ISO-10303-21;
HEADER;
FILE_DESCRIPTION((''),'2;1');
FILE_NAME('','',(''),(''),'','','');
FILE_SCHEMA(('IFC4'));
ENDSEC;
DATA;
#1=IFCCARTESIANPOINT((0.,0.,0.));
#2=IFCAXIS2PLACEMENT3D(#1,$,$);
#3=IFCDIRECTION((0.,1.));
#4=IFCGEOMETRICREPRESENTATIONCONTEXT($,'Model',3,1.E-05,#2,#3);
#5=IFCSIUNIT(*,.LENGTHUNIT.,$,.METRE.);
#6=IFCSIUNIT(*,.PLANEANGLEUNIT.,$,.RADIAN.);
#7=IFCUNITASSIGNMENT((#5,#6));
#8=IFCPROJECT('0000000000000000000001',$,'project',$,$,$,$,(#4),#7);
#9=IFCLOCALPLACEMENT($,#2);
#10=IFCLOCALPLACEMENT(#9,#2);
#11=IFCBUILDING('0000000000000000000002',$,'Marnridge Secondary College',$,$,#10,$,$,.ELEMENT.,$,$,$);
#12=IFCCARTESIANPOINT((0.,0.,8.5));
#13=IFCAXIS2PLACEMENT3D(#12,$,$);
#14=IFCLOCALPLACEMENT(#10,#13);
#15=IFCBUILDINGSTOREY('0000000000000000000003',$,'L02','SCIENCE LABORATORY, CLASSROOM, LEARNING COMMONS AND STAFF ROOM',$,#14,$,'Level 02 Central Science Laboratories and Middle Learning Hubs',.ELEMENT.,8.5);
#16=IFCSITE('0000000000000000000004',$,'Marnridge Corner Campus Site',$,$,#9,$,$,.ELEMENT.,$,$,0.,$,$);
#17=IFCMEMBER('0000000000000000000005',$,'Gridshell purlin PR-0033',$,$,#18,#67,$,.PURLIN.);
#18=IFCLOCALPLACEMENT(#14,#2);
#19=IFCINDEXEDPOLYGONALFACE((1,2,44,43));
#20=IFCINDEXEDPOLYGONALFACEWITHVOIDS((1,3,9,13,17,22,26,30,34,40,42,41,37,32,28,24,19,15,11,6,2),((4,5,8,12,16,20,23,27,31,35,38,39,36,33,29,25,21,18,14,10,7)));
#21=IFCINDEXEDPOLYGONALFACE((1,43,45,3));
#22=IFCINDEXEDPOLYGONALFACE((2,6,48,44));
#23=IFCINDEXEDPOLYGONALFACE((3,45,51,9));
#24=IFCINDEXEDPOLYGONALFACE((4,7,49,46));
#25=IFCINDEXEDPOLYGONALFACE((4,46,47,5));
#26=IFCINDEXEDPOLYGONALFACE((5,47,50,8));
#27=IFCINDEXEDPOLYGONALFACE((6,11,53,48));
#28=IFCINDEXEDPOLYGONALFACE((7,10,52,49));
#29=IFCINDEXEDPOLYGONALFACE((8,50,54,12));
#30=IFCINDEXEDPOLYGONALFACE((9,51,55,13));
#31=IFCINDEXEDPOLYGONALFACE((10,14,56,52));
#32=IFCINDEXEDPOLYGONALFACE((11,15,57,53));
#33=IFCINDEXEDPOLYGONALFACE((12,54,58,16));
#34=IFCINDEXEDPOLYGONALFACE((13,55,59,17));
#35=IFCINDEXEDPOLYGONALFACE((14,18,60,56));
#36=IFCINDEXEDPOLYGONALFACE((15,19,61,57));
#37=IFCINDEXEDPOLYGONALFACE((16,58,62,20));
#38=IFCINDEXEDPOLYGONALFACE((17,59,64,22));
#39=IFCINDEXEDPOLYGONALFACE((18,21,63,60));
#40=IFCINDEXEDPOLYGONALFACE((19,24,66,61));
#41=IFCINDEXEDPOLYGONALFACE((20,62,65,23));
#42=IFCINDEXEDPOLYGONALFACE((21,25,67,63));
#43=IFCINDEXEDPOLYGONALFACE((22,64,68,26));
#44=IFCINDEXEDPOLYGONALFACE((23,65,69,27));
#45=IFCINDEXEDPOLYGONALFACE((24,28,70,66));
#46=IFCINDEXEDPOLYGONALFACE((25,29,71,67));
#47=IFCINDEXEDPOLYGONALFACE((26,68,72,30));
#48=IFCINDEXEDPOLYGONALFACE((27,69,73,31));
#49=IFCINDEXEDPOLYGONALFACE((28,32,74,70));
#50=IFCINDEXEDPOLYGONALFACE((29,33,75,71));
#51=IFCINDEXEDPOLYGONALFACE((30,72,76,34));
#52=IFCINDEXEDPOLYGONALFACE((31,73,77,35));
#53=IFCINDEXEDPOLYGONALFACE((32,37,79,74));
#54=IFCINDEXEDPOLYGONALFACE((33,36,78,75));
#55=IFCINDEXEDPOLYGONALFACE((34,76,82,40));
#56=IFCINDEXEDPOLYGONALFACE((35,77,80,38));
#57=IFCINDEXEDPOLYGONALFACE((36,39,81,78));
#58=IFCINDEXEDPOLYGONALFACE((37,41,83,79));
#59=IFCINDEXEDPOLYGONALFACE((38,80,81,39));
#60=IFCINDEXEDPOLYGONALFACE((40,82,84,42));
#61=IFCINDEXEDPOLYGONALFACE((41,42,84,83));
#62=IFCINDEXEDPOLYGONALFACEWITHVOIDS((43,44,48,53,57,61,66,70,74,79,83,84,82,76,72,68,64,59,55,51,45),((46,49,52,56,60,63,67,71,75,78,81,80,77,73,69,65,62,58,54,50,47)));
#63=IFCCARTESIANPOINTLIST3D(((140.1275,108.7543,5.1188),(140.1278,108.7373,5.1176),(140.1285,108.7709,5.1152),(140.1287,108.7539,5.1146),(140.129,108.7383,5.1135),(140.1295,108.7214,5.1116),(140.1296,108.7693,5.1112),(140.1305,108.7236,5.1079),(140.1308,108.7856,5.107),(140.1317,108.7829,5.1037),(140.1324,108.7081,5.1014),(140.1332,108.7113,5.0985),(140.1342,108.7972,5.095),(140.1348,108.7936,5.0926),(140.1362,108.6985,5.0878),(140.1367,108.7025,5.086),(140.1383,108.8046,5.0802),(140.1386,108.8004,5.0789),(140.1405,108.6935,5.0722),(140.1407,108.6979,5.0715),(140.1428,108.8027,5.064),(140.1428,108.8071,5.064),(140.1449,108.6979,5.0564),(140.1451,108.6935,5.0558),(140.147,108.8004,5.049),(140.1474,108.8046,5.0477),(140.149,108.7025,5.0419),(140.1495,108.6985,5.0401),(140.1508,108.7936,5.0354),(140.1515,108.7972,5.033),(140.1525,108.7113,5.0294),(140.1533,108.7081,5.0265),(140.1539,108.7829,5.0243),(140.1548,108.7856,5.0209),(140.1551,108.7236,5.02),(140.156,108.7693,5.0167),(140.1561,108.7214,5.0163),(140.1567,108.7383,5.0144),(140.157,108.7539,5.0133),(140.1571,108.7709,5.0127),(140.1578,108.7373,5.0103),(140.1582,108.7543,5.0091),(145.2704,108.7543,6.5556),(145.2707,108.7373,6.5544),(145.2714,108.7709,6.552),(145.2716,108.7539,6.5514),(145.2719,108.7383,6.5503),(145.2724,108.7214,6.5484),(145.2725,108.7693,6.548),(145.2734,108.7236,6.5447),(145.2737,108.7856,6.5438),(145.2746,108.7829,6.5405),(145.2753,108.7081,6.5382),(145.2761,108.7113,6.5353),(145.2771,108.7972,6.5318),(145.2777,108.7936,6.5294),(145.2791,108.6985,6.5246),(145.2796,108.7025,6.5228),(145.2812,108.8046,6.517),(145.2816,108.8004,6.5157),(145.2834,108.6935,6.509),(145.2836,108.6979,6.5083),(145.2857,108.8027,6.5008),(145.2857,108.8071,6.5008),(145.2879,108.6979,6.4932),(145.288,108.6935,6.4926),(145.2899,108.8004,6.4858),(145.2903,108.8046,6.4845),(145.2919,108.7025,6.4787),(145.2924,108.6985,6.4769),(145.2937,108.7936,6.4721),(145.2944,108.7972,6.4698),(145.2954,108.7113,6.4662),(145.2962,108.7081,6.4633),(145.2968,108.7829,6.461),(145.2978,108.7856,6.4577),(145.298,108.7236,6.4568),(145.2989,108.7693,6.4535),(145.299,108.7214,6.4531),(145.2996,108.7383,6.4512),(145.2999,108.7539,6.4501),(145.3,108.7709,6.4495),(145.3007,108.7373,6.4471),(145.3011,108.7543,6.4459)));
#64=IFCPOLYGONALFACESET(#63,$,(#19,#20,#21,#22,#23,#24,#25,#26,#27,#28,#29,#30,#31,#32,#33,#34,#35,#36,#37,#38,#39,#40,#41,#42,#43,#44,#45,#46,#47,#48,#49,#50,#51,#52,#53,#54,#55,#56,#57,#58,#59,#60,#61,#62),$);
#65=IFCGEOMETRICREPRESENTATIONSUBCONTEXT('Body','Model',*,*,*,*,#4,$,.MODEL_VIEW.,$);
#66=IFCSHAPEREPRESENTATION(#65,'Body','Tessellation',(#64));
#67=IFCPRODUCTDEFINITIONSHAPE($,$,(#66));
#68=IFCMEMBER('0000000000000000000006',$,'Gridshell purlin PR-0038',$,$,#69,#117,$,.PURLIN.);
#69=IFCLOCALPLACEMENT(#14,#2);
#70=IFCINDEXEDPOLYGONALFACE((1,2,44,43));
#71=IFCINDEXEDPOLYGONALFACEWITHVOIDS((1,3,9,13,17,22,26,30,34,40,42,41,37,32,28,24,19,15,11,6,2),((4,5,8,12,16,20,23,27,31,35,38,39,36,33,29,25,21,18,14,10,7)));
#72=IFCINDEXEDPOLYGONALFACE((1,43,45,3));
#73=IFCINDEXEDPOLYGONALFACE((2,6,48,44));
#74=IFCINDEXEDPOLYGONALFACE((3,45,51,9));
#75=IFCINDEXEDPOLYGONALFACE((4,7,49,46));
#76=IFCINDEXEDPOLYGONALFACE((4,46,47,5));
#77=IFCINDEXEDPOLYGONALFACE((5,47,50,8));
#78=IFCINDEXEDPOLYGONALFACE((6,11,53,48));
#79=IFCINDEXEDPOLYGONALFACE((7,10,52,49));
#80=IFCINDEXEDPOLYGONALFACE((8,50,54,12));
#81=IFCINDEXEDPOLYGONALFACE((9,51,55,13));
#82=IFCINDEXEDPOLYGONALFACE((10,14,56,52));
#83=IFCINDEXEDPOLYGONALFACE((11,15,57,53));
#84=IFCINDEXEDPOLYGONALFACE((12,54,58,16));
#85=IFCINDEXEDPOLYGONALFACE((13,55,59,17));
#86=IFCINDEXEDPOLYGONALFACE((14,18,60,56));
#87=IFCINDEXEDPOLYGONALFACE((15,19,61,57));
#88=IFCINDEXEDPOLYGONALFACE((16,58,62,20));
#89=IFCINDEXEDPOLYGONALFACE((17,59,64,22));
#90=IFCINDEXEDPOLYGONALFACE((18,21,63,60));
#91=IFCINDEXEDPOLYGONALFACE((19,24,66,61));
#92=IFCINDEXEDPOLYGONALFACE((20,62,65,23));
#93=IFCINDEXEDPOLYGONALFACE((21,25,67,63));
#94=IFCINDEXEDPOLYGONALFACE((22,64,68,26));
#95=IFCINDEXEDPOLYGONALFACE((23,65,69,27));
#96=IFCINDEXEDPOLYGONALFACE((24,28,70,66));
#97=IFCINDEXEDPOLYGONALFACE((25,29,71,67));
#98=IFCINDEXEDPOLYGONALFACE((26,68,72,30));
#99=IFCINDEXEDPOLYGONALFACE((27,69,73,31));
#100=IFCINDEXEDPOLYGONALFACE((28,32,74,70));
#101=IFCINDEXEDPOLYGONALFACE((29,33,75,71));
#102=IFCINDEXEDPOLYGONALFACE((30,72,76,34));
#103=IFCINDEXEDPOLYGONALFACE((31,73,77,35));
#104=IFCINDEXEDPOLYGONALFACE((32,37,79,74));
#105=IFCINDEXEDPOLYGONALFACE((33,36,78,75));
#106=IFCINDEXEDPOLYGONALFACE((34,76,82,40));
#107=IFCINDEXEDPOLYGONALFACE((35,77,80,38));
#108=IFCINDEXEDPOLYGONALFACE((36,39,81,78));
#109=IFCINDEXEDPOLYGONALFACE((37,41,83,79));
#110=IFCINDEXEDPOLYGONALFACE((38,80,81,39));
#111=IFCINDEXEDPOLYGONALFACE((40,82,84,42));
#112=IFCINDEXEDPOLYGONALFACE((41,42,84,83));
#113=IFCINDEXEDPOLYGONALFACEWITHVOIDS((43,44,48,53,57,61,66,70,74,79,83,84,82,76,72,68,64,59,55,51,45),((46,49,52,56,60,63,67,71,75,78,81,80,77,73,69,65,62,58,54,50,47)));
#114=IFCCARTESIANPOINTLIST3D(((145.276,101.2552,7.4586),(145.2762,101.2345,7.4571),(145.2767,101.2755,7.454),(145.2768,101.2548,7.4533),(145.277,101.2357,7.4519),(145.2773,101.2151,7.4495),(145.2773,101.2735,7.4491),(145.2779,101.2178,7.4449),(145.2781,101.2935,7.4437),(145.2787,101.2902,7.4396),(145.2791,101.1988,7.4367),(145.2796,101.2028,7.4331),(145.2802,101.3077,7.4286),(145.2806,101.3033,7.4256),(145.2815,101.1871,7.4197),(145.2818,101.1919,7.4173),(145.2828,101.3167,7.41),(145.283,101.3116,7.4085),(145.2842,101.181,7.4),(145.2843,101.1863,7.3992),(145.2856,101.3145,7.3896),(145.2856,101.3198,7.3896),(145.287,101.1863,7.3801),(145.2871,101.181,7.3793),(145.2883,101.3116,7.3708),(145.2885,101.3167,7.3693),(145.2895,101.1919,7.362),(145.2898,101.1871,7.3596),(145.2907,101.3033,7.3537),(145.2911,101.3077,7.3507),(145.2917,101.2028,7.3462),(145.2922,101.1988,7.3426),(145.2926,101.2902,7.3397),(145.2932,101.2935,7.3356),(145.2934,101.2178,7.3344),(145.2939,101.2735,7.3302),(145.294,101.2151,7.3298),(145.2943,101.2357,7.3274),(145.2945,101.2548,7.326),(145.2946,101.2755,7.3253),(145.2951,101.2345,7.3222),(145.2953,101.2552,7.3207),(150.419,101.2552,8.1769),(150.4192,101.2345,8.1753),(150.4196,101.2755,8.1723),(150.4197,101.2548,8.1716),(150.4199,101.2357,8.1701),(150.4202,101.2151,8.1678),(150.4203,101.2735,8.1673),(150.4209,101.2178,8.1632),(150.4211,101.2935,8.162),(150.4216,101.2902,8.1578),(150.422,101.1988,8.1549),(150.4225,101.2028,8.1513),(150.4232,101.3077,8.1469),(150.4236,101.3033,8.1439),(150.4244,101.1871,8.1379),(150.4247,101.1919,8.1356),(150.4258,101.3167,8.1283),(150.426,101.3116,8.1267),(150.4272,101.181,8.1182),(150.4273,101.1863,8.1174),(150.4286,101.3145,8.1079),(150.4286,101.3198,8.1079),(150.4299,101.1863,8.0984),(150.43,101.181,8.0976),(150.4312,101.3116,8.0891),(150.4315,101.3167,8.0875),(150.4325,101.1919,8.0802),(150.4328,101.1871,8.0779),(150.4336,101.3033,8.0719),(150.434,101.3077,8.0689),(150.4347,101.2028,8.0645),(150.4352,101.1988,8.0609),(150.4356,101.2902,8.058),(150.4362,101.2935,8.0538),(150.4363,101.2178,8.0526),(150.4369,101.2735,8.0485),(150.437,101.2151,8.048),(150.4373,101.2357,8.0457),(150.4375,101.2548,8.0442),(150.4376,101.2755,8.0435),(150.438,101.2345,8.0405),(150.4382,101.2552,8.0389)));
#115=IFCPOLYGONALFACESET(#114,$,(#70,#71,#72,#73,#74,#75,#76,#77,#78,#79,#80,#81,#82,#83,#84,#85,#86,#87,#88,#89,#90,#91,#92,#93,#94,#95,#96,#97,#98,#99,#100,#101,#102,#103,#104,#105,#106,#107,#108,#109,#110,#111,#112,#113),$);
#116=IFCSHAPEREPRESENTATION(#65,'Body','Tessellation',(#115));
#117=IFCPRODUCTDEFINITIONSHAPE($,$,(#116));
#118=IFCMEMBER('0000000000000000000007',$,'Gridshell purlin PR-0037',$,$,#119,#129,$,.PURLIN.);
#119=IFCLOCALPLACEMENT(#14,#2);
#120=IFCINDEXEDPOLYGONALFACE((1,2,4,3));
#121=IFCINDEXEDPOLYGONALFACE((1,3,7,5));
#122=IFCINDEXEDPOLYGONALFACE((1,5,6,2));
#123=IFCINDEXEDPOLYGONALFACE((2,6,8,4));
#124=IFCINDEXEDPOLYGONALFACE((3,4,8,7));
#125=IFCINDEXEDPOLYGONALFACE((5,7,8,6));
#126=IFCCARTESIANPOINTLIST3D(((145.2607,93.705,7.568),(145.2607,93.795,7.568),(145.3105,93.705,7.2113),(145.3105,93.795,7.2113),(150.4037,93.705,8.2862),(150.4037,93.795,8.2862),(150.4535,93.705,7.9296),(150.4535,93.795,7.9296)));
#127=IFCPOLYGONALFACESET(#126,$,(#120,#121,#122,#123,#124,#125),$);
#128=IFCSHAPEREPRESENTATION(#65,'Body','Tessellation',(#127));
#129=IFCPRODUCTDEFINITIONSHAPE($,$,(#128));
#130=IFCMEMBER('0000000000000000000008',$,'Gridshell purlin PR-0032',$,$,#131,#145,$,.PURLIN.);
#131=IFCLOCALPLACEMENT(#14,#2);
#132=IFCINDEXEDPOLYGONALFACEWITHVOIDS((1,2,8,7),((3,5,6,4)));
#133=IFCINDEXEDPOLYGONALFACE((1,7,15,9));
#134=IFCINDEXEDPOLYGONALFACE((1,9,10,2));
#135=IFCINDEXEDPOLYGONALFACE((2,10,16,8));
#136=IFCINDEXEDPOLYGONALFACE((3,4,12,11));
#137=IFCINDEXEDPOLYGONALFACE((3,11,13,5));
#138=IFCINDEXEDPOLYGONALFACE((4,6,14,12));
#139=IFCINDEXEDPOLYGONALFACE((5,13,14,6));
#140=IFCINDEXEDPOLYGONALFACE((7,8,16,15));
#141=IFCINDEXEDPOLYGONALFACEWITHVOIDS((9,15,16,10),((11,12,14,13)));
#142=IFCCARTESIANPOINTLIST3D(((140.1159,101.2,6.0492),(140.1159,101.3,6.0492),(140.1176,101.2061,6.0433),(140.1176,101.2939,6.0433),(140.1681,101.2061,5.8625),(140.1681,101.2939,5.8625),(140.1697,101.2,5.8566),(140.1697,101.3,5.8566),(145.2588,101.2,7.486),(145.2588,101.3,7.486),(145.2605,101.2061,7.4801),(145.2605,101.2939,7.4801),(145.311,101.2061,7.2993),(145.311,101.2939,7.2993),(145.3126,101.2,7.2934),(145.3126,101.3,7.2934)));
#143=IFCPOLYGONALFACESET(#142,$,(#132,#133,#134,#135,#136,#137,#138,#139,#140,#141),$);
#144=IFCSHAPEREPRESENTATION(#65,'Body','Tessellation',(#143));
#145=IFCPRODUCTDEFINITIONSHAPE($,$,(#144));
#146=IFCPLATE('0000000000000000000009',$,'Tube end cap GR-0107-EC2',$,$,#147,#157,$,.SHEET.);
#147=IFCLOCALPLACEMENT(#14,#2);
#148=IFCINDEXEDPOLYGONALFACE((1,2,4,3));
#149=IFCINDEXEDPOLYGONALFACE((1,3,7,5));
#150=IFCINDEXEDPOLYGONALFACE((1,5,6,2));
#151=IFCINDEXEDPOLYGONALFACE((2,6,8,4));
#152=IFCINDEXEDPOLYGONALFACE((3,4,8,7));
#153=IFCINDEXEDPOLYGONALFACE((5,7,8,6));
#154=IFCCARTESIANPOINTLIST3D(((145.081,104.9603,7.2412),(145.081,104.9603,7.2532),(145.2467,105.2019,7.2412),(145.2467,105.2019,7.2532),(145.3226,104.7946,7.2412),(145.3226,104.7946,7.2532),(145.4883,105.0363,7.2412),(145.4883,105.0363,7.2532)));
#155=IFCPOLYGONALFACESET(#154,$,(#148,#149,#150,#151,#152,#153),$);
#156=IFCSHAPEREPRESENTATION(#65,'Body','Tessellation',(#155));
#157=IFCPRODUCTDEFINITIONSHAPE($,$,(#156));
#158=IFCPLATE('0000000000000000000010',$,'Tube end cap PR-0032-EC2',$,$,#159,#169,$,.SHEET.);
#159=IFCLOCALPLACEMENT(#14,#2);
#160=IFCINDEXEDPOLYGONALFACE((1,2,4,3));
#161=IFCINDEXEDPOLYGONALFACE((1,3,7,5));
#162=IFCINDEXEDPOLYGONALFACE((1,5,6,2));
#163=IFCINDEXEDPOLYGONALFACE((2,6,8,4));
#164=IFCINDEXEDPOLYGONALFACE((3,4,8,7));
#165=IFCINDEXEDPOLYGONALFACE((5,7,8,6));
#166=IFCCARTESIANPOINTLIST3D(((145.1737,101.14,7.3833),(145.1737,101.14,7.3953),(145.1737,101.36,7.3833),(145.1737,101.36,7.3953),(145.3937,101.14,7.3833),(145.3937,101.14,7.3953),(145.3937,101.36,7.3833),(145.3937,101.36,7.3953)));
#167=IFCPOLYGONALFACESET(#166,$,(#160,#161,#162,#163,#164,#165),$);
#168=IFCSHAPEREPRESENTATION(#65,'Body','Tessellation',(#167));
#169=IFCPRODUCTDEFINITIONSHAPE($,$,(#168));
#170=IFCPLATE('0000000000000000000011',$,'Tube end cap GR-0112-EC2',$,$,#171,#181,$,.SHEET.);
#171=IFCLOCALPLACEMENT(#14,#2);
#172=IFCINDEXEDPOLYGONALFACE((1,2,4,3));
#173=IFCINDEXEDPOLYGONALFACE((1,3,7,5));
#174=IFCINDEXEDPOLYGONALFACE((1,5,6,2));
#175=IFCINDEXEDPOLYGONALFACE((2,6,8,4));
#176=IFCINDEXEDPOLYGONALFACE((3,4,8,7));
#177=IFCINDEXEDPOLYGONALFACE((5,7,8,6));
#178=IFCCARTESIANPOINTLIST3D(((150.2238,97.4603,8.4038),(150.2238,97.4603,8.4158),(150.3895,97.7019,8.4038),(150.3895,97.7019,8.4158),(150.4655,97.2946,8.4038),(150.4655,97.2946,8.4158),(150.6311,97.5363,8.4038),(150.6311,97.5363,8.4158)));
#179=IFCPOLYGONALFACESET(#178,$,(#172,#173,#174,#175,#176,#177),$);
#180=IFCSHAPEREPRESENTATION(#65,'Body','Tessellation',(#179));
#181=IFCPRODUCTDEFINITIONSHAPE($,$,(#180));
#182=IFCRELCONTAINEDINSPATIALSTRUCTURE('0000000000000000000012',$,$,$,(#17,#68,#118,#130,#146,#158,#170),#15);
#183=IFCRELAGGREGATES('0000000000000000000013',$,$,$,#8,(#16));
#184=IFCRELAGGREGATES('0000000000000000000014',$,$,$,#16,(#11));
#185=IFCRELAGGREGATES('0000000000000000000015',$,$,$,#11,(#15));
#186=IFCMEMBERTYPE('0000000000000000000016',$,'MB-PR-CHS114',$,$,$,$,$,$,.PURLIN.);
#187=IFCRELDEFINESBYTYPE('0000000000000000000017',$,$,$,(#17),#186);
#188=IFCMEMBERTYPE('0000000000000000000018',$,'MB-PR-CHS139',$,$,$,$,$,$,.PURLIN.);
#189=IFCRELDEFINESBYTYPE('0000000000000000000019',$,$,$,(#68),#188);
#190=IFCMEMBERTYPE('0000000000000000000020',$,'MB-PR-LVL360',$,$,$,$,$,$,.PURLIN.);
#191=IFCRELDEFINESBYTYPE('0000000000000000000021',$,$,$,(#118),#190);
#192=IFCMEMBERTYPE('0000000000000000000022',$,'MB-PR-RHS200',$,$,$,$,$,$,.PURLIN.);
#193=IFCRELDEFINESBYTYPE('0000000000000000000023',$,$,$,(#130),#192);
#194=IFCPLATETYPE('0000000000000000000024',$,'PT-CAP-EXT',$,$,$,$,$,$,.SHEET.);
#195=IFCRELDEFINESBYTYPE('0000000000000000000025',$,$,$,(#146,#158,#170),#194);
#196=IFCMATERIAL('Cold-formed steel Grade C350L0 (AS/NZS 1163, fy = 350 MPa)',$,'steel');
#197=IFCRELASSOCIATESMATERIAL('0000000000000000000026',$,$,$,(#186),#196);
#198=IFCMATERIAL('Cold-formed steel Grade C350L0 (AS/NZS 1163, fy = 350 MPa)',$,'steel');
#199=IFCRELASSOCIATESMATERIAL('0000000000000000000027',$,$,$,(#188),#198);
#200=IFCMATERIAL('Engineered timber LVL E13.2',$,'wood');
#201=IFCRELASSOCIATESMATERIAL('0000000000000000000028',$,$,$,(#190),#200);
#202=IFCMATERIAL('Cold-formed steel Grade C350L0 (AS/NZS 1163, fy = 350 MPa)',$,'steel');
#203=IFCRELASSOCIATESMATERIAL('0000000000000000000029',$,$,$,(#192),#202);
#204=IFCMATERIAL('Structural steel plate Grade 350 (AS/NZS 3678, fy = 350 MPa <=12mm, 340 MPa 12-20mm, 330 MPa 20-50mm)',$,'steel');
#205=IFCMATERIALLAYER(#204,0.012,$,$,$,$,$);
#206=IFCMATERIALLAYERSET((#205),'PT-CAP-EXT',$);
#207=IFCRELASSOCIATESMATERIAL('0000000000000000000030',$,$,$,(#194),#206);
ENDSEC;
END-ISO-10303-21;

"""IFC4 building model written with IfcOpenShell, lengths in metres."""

from ifc_helpers import new_model, si_unit, direction, frame, origin, origin_2d, place, context, subcontext, project, spatial, rectangle, hollow_rectangle, hollow_circle, extrude, material, layer, layer_set, material_profile, profile_set, type_object, element, save


model = new_model("IFC4")

# Units and contexts
model_context = context("Model", 3, precision=1e-05, world=origin(), true_north=direction((0.0, 1.0)))
body_context = subcontext(model_context, "Body", "Model", "MODEL_VIEW")
ifc_project = project(units=[si_unit("LENGTHUNIT", "METRE"), si_unit("PLANEANGLEUNIT", "RADIAN")], contexts=[model_context])

# Site, building, storey
site_placement = place(None, origin())
site = spatial("IfcSite", under=ifc_project, at=site_placement, Name="Marnridge Corner Campus Site", CompositionType="ELEMENT", RefElevation=0.0)
building_placement = place(site_placement, origin())
building = spatial("IfcBuilding", under=site, at=building_placement, Name="Marnridge Secondary College", CompositionType="ELEMENT")
storey_placement = place(building_placement, frame((0.0, 0.0, 8.5)))
storey = spatial("IfcBuildingStorey", under=building, at=storey_placement, Name="L02", Description="SCIENCE LABORATORY, CLASSROOM, LEARNING COMMONS AND STAFF ROOM", LongName="Level 02 Central Science Laboratories and Middle Learning Hubs", CompositionType="ELEMENT", Elevation=8.5)

# Members
ifc_material_1 = material(Name="Cold-formed steel Grade C350L0 (AS/NZS 1163, fy = 350 MPa)", Category="steel")
ifc_material_profile_1 = material_profile(ifc_material_1, hollow_circle(Radius=0.0571, WallThickness=0.0044, at=origin_2d()), Name="114.3x4.5CHS")
ifc_profile_set_1 = profile_set([ifc_material_profile_1], Name="Cold-formed steel Grade C350L0 (AS/NZS 1163, fy = 350 MPa)")
member_type_1 = type_object("IfcMemberType", Name="MB-PR-CHS114", PredefinedType="PURLIN", material=ifc_profile_set_1)
member_1_placement = place(storey_placement, frame((140.1428, 108.75, 5.064), z_axis=(0.963121, 0.0, 0.26907), x_axis=(0.0, 1.0, 0.0)))
element("IfcMember", 1, at=member_1_placement, inside=storey, type_object=member_type_1, Name="Gridshell purlin PR-0033", PredefinedType="PURLIN", context=body_context, shape_type="SweptSolid", body=[
    extrude(hollow_circle(Radius=0.0571, WallThickness=0.0044, at=origin_2d()), origin(), (0.0, 0.0, 1.0), 5.3398),
])
ifc_material_2 = material(Name="Cold-formed steel Grade C350L0 (AS/NZS 1163, fy = 350 MPa)", Category="steel")
ifc_material_profile_2 = material_profile(ifc_material_2, hollow_circle(Radius=0.0698, WallThickness=0.0054, at=origin_2d()), Name="139.7x5.4CHS")
ifc_profile_set_2 = profile_set([ifc_material_profile_2], Name="Cold-formed steel Grade C350L0 (AS/NZS 1163, fy = 350 MPa)")
member_type_2 = type_object("IfcMemberType", Name="MB-PR-CHS139", PredefinedType="PURLIN", material=ifc_profile_set_2)
member_2_placement = place(storey_placement, frame((145.2856, 101.25, 7.3896), z_axis=(0.990388, 0.0, 0.138314), x_axis=(0.0, 1.0, 0.0)))
element("IfcMember", 2, at=member_2_placement, inside=storey, type_object=member_type_2, Name="Gridshell purlin PR-0038", PredefinedType="PURLIN", context=body_context, shape_type="SweptSolid", body=[
    extrude(hollow_circle(Radius=0.0698, WallThickness=0.0054, at=origin_2d()), origin(), (0.0, 0.0, 1.0), 5.1929),
])
ifc_material_3 = material(Name="Engineered timber LVL E13.2", Category="wood")
ifc_material_profile_3 = material_profile(ifc_material_3, rectangle(XDim=0.0901, YDim=0.3601, at=origin_2d()), Name="LVL 90x360")
ifc_profile_set_3 = profile_set([ifc_material_profile_3], Name="Engineered timber LVL E13.2")
member_type_3 = type_object("IfcMemberType", Name="MB-PR-LVL360", PredefinedType="PURLIN", material=ifc_profile_set_3)
member_3_placement = place(storey_placement, frame((145.2856, 93.75, 7.3896), z_axis=(0.990388, 0.0, 0.138314), x_axis=(0.0, 1.0, 0.0)))
element("IfcMember", 3, at=member_3_placement, inside=storey, type_object=member_type_3, Name="Gridshell purlin PR-0037", PredefinedType="PURLIN", context=body_context, shape_type="SweptSolid", body=[
    extrude(rectangle(XDim=0.0901, YDim=0.3601, at=origin_2d()), origin(), (0.0, 0.0, 1.0), 5.1929),
])
ifc_material_4 = material(Name="Cold-formed steel Grade C350L0 (AS/NZS 1163, fy = 350 MPa)", Category="steel")
ifc_material_profile_4 = material_profile(ifc_material_4, hollow_rectangle(XDim=0.1001, YDim=0.2, WallThickness=0.0061, at=origin_2d()), Name="200x100x6.0RHS")
ifc_profile_set_4 = profile_set([ifc_material_profile_4], Name="Cold-formed steel Grade C350L0 (AS/NZS 1163, fy = 350 MPa)")
member_type_4 = type_object("IfcMemberType", Name="MB-PR-RHS200", PredefinedType="PURLIN", material=ifc_profile_set_4)
member_4_placement = place(storey_placement, frame((140.1428, 101.25, 5.9529), z_axis=(0.963121, 0.0, 0.26907), x_axis=(0.0, 1.0, 0.0)))
element("IfcMember", 4, at=member_4_placement, inside=storey, type_object=member_type_4, Name="Gridshell purlin PR-0032", PredefinedType="PURLIN", context=body_context, shape_type="SweptSolid", body=[
    extrude(hollow_rectangle(XDim=0.1001, YDim=0.2, WallThickness=0.0061, at=origin_2d()), origin(), (0.0, 0.0, 1.0), 5.3398),
])

# Plates
ifc_material_5 = material(Name="Structural steel plate Grade 350 (AS/NZS 3678, fy = 350 MPa <=12mm, 340 MPa 12-20mm, 330 MPa 20-50mm)", Category="steel")
ifc_layer_1 = layer(ifc_material_5, 0.012)
ifc_layer_set_1 = layer_set([ifc_layer_1], Name="PT-CAP-EXT")
plate_type_1 = type_object("IfcPlateType", Name="PT-CAP-EXT", PredefinedType="SHEET", material=ifc_layer_set_1)
plate_1_placement = place(storey_placement, frame((145.2847, 104.9983, 7.2412), z_axis=(0.0, 0.0, 1.0), x_axis=(0.565543, 0.824719, 0.0)))
element("IfcPlate", 5, at=plate_1_placement, inside=storey, type_object=plate_type_1, Name="Tube end cap GR-0107-EC2", PredefinedType="SHEET", context=body_context, shape_type="SweptSolid", body=[
    extrude(rectangle(XDim=0.293, YDim=0.293, at=origin_2d()), origin(), (0.0, 0.0, 1.0), 0.012),
])
plate_2_placement = place(storey_placement, frame((145.2837, 101.25, 7.3833), z_axis=(0.0, 0.0, 1.0), x_axis=(1.0, 0.0, 0.0)))
element("IfcPlate", 6, at=plate_2_placement, inside=storey, type_object=plate_type_1, Name="Tube end cap PR-0032-EC2", PredefinedType="SHEET", context=body_context, shape_type="SweptSolid", body=[
    extrude(rectangle(XDim=0.22, YDim=0.22, at=origin_2d()), origin(), (0.0, 0.0, 1.0), 0.012),
])
plate_3_placement = place(storey_placement, frame((150.4275, 97.4983, 8.4038), z_axis=(0.0, 0.0, 1.0), x_axis=(0.565543, 0.824719, 0.0)))
element("IfcPlate", 7, at=plate_3_placement, inside=storey, type_object=plate_type_1, Name="Tube end cap GR-0112-EC2", PredefinedType="SHEET", context=body_context, shape_type="SweptSolid", body=[
    extrude(rectangle(XDim=0.293, YDim=0.293, at=origin_2d()), origin(), (0.0, 0.0, 1.0), 0.012),
])

save(model, "model.ifc")
